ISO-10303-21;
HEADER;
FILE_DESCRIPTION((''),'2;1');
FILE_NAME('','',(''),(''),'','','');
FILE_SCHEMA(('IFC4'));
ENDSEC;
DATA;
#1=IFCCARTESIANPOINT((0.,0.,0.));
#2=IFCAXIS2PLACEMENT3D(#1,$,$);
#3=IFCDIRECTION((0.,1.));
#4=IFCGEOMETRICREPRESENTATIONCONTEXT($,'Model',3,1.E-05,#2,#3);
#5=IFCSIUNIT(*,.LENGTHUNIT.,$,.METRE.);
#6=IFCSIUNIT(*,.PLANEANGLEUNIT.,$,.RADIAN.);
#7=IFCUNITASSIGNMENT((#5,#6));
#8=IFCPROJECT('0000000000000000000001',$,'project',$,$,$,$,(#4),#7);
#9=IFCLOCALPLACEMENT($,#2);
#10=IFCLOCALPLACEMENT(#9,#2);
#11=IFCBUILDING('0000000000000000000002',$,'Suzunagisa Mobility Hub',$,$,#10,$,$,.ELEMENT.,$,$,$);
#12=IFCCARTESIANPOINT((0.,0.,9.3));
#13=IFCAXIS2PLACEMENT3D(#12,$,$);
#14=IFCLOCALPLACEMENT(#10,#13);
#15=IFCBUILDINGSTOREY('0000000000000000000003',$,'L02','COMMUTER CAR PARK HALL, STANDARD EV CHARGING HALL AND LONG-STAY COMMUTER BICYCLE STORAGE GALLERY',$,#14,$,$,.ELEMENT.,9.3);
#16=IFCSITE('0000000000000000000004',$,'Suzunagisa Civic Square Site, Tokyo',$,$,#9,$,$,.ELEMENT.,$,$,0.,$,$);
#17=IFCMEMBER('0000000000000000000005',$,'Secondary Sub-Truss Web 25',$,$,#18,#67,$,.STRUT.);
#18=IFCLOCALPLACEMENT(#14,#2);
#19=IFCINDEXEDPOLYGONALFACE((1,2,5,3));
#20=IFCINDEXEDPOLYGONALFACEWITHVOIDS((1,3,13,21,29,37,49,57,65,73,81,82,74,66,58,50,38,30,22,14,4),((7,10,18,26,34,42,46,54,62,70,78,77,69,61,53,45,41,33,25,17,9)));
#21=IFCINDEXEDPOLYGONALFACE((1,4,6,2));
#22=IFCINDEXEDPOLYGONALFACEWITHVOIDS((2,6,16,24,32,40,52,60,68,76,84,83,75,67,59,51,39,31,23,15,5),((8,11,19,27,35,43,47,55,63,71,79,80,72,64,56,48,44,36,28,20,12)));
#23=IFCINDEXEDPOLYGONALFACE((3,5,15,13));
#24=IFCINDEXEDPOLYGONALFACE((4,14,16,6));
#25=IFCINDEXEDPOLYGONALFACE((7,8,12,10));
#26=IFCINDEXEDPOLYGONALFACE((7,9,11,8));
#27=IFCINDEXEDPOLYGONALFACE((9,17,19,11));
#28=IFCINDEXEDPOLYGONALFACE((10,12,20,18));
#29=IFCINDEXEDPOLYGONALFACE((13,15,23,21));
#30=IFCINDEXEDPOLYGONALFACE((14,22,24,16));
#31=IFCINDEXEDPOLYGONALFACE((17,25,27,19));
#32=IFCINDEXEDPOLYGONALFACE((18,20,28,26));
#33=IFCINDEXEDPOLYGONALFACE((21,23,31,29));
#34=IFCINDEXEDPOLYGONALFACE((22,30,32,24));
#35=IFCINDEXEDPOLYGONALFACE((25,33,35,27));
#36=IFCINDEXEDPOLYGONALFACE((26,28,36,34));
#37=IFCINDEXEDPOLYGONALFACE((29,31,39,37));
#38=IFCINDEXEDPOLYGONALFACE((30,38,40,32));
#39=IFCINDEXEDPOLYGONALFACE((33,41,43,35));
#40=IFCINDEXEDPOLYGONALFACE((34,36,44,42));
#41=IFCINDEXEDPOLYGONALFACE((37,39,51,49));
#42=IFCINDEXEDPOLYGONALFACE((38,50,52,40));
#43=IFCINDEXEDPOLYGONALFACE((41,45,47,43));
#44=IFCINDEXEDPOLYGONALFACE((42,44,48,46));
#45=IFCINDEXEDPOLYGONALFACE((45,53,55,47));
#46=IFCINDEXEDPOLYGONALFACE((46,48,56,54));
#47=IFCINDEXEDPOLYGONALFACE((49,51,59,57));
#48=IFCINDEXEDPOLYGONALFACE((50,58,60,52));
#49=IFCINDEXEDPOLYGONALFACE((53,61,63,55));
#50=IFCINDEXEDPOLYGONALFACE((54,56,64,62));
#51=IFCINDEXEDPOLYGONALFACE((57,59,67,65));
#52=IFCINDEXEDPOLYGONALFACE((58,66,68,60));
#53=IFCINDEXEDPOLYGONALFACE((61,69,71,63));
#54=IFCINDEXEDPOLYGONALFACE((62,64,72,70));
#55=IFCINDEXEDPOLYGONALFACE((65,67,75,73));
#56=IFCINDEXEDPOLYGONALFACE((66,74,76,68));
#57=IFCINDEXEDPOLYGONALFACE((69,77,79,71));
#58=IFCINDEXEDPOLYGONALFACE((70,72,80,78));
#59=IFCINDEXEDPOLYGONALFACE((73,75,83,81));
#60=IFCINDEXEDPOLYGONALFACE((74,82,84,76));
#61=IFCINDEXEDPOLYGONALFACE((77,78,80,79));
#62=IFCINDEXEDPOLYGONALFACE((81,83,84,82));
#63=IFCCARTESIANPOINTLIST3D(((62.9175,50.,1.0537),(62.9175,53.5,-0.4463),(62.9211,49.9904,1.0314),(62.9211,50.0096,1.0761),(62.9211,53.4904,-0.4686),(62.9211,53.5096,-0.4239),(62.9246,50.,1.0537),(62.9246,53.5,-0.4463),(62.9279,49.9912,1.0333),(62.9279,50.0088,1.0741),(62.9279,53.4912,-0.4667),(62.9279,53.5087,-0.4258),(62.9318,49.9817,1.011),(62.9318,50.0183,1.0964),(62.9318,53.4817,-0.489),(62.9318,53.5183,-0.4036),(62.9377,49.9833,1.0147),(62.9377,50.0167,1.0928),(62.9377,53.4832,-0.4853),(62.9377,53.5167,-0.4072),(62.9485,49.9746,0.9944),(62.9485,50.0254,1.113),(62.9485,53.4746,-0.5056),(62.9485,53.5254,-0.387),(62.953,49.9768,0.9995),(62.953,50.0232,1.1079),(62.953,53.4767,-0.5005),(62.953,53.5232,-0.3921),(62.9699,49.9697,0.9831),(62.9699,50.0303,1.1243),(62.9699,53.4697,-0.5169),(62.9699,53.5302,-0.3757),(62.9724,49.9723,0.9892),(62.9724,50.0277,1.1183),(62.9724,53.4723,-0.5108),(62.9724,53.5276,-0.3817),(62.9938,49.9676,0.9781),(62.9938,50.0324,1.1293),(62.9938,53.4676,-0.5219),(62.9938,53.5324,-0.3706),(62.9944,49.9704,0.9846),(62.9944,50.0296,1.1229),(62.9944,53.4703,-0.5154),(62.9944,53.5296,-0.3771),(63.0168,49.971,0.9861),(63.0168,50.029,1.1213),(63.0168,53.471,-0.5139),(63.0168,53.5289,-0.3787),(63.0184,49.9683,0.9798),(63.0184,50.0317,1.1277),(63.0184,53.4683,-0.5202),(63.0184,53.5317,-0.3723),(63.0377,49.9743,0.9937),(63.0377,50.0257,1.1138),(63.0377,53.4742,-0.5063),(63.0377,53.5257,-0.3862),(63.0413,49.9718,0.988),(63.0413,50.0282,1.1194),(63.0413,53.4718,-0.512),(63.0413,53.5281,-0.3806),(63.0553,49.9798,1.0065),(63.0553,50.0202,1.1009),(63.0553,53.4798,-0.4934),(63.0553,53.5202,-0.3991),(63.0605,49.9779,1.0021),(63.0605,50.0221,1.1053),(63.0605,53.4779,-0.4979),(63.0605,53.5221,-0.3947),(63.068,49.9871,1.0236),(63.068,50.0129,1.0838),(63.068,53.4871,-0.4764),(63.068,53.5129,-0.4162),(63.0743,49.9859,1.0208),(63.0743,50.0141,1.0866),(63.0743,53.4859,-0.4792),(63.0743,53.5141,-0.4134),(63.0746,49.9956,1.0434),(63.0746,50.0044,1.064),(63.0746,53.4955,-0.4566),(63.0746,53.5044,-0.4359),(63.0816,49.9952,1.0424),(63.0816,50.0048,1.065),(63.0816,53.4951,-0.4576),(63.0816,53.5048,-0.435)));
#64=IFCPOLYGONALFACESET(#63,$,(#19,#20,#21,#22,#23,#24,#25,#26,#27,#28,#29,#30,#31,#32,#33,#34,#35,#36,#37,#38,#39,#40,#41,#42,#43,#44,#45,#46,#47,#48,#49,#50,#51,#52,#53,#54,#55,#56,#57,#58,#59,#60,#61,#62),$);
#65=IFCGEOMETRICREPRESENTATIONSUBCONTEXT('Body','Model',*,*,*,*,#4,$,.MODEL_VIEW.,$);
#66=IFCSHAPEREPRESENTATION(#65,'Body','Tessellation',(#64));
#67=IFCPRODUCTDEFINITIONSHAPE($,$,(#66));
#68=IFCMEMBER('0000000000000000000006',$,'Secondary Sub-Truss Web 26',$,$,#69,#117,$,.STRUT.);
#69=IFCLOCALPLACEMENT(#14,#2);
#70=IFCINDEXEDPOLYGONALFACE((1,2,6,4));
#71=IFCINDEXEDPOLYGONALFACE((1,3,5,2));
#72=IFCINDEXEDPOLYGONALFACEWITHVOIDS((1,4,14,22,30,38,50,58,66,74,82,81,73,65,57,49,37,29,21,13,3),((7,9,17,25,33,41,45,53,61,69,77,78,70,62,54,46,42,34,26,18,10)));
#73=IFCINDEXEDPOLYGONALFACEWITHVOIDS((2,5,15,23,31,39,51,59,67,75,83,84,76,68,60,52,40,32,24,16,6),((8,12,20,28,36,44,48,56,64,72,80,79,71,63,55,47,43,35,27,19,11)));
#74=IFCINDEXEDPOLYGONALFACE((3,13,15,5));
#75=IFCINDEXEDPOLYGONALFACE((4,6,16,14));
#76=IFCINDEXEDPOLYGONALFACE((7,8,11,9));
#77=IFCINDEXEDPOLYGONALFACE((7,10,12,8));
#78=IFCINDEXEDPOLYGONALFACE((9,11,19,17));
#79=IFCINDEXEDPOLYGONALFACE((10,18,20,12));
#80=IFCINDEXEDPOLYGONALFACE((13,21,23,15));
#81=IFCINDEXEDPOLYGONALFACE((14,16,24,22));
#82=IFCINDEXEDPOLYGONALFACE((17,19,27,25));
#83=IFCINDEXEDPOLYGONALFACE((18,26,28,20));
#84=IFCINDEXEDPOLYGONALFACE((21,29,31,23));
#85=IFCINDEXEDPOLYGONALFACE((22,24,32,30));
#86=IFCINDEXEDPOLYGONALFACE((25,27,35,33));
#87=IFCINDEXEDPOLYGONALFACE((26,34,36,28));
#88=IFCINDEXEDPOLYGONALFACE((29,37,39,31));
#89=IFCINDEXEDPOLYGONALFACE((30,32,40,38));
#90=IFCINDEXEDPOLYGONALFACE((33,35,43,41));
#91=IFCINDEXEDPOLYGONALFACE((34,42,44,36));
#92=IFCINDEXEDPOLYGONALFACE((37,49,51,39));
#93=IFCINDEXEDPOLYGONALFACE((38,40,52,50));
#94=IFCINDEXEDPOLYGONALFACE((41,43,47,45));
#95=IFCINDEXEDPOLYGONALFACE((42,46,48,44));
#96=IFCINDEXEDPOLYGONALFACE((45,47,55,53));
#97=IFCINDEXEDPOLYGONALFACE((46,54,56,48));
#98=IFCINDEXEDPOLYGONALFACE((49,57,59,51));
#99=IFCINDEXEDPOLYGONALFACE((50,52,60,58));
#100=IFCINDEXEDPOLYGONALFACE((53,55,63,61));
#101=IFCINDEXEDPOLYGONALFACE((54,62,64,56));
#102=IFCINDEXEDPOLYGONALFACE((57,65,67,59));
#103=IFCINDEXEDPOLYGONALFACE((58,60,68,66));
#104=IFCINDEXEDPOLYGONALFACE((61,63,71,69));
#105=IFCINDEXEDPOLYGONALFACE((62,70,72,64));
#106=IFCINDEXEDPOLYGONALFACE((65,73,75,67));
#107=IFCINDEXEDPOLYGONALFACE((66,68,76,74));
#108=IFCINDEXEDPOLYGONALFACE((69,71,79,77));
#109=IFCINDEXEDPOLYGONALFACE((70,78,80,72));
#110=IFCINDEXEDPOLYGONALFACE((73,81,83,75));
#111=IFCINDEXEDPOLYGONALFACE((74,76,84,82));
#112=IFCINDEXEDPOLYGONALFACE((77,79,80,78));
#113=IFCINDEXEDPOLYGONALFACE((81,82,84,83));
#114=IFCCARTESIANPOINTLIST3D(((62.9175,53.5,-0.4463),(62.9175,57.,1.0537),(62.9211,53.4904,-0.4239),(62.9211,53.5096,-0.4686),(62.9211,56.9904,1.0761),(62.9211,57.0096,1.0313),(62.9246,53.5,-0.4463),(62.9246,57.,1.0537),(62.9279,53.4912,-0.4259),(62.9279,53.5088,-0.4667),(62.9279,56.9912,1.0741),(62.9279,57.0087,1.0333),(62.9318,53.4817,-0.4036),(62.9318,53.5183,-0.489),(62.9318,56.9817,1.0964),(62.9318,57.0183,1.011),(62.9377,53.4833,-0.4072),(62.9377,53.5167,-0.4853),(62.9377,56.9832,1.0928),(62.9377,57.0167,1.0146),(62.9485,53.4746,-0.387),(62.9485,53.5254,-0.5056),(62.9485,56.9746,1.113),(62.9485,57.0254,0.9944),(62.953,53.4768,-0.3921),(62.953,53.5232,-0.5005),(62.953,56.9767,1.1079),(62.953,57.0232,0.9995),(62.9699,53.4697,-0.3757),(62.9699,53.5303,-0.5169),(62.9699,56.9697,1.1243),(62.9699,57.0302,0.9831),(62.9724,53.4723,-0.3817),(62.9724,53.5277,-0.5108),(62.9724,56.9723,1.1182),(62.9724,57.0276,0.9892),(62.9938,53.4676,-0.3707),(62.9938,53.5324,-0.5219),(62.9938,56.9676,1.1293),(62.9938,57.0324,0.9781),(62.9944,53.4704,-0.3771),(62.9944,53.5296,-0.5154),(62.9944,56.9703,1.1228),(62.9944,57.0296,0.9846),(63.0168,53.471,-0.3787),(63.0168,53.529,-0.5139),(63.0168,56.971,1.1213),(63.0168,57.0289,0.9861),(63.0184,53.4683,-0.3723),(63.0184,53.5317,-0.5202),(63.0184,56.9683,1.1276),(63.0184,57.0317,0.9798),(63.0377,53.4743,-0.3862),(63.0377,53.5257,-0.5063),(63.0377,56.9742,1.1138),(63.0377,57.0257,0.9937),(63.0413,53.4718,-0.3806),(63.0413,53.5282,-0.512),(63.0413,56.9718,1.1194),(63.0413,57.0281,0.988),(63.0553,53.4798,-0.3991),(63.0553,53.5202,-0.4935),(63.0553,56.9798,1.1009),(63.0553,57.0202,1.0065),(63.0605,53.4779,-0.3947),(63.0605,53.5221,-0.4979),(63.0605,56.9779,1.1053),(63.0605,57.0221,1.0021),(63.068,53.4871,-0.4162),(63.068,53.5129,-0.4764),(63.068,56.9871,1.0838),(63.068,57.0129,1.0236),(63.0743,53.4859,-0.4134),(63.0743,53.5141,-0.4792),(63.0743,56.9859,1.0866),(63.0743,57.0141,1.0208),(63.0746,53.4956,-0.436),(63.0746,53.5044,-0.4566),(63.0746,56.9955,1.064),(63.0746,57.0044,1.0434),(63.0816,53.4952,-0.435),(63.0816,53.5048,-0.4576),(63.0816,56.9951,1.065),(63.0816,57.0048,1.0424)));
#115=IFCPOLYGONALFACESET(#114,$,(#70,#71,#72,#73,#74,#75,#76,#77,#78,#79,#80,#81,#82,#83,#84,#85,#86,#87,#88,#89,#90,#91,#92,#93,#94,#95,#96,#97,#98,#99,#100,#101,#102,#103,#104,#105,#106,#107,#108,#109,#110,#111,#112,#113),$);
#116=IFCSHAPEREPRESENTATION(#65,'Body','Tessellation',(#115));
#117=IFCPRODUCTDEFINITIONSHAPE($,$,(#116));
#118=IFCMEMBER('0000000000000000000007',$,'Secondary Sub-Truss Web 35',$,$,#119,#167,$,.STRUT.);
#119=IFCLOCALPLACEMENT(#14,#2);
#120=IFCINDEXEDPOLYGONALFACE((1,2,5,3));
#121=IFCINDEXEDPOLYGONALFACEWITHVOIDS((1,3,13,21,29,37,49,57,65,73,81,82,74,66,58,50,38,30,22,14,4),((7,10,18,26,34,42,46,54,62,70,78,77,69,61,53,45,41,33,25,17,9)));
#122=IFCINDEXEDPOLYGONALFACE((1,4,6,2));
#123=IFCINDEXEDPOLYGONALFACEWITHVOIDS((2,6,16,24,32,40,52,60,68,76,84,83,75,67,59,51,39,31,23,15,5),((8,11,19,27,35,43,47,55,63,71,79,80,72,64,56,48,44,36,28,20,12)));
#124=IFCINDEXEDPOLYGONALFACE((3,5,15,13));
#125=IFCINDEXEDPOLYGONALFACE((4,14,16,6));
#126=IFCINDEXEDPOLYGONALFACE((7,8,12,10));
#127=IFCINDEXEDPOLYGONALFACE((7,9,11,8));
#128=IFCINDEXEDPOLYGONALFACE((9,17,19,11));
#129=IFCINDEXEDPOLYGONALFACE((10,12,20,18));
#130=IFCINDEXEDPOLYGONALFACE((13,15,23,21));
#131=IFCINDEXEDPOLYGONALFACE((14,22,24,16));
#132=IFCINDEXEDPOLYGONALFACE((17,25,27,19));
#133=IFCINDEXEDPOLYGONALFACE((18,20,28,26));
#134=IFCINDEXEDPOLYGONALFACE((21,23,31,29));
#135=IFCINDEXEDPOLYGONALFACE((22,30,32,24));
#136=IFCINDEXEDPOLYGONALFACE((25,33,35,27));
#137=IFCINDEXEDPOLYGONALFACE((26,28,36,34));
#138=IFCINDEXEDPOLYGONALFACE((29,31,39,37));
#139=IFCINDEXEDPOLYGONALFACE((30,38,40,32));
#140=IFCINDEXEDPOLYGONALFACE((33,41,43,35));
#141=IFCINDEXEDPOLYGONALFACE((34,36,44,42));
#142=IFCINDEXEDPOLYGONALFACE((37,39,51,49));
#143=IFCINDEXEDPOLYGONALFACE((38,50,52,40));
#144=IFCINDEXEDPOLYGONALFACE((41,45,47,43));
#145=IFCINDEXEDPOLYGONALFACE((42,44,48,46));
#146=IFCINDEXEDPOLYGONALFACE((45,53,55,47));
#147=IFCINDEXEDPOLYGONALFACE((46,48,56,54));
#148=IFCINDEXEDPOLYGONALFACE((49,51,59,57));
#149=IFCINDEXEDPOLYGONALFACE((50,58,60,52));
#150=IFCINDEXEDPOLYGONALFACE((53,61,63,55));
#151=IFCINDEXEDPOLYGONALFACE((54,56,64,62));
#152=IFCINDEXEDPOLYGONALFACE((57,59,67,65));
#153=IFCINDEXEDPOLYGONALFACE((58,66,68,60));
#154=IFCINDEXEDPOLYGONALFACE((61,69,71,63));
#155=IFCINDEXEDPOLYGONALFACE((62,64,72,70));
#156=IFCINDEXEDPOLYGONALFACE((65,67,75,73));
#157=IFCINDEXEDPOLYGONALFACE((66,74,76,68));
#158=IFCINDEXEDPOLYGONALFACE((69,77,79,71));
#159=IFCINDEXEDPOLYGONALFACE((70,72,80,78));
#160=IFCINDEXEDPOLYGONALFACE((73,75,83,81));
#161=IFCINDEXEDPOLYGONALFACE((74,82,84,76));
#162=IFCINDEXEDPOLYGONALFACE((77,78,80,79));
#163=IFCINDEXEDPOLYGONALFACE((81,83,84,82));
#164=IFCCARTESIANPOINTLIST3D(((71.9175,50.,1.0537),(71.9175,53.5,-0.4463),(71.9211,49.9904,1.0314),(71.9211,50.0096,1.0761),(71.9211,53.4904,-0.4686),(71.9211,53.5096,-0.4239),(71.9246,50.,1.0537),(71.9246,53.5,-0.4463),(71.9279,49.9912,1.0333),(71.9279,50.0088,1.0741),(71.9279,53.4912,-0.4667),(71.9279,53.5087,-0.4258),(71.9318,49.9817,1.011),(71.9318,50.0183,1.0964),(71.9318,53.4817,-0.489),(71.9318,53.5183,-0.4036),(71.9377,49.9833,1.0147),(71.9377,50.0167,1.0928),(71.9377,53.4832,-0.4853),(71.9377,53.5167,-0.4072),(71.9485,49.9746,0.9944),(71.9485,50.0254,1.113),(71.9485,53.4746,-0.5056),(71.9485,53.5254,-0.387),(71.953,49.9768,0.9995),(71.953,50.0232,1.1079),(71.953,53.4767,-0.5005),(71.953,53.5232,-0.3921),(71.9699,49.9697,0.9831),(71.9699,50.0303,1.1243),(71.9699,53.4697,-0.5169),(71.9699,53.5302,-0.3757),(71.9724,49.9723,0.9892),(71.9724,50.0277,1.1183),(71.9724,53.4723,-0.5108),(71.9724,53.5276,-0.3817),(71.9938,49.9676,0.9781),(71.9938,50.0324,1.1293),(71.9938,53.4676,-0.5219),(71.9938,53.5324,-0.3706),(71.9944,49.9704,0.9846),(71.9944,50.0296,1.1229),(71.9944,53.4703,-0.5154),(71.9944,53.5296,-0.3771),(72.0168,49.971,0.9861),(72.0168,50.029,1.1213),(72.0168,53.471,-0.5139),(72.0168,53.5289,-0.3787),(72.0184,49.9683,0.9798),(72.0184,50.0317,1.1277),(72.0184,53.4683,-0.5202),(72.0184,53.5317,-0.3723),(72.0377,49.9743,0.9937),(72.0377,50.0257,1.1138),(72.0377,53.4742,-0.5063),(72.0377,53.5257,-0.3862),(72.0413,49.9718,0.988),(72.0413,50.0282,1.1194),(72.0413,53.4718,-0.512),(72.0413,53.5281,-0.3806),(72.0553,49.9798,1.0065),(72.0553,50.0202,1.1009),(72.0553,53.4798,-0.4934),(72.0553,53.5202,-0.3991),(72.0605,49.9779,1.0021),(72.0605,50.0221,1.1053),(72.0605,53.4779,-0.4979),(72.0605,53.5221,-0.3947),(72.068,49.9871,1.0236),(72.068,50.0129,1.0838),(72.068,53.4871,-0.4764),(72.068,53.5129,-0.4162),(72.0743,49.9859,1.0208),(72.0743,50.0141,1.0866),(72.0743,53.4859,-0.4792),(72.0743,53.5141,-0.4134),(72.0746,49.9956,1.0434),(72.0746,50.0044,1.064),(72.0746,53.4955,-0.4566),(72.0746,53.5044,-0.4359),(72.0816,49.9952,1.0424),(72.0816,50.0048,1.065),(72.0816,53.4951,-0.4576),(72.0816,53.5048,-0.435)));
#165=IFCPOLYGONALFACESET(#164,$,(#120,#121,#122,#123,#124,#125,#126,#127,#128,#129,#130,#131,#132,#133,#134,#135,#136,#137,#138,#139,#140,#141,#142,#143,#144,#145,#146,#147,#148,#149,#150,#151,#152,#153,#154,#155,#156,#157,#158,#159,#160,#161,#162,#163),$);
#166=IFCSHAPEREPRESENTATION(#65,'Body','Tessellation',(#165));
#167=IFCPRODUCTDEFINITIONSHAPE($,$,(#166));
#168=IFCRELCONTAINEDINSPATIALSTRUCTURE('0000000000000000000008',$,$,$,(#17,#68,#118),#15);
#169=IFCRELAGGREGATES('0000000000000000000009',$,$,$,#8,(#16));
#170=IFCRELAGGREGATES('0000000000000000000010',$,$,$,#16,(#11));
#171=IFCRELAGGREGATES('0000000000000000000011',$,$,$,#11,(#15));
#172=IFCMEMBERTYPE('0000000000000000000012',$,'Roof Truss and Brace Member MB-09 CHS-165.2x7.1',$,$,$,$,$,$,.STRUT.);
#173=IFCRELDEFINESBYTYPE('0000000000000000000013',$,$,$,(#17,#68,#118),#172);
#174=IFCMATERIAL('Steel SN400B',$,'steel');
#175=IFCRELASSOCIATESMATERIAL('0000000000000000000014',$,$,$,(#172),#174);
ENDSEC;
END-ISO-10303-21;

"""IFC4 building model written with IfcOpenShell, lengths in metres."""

from ifc_helpers import new_model, si_unit, direction, frame, origin, origin_2d, place, context, subcontext, project, spatial, hollow_circle, extrude, material, material_profile, profile_set, type_object, element, save


model = new_model("IFC4")

# Units and contexts
model_context = context("Model", 3, precision=1e-05, world=origin(), true_north=direction((0.0, 1.0)))
body_context = subcontext(model_context, "Body", "Model", "MODEL_VIEW")
ifc_project = project(units=[si_unit("LENGTHUNIT", "METRE"), si_unit("PLANEANGLEUNIT", "RADIAN")], contexts=[model_context])

# Site, building, storey
site_placement = place(None, origin())
site = spatial("IfcSite", under=ifc_project, at=site_placement, Name="Suzunagisa Civic Square Site, Tokyo", CompositionType="ELEMENT", RefElevation=0.0)
building_placement = place(site_placement, origin())
building = spatial("IfcBuilding", under=site, at=building_placement, Name="Suzunagisa Mobility Hub", CompositionType="ELEMENT")
storey_placement = place(building_placement, frame((0.0, 0.0, 9.3)))
storey = spatial("IfcBuildingStorey", under=building, at=storey_placement, Name="L02", Description="COMMUTER CAR PARK HALL, STANDARD EV CHARGING HALL AND LONG-STAY COMMUTER BICYCLE STORAGE GALLERY", CompositionType="ELEMENT", Elevation=9.3)

# Members
ifc_material_1 = material(Name="Steel SN400B", Category="steel")
ifc_material_profile_1 = material_profile(ifc_material_1, hollow_circle(Radius=0.0825, WallThickness=0.0071, at=origin_2d()), Name="CHS-165.2x7.1")
ifc_profile_set_1 = profile_set([ifc_material_profile_1], Name="Steel SN400B")
member_type_1 = type_object("IfcMemberType", Name="Roof Truss and Brace Member MB-09 CHS-165.2x7.1", PredefinedType="STRUT", material=ifc_profile_set_1)
for number, where, z_axis, x_axis, name in (
    (1, (63.0, 50.0, 1.0537), (0.0, 0.919145, -0.393919), (-1.0, 0.0, 0.0), "Secondary Sub-Truss Web 25"),
    (2, (63.0, 53.5, -0.4463), (0.0, 0.919145, 0.393919), (-1.0, 0.0, 0.0), "Secondary Sub-Truss Web 26"),
    (3, (72.0, 50.0, 1.0537), (0.0, 0.919145, -0.393919), (-1.0, 0.0, 0.0), "Secondary Sub-Truss Web 35"),
):
    element("IfcMember", number, at=place(storey_placement, frame(where, z_axis=z_axis, x_axis=x_axis)), inside=storey, type_object=member_type_1, Name=name, PredefinedType="STRUT", context=body_context, shape_type="SweptSolid", body=[
        extrude(hollow_circle(Radius=0.0825, WallThickness=0.0071, at=origin_2d()), origin(), (0.0, 0.0, 1.0), 3.8079),
    ])

save(model, "model.ifc")
